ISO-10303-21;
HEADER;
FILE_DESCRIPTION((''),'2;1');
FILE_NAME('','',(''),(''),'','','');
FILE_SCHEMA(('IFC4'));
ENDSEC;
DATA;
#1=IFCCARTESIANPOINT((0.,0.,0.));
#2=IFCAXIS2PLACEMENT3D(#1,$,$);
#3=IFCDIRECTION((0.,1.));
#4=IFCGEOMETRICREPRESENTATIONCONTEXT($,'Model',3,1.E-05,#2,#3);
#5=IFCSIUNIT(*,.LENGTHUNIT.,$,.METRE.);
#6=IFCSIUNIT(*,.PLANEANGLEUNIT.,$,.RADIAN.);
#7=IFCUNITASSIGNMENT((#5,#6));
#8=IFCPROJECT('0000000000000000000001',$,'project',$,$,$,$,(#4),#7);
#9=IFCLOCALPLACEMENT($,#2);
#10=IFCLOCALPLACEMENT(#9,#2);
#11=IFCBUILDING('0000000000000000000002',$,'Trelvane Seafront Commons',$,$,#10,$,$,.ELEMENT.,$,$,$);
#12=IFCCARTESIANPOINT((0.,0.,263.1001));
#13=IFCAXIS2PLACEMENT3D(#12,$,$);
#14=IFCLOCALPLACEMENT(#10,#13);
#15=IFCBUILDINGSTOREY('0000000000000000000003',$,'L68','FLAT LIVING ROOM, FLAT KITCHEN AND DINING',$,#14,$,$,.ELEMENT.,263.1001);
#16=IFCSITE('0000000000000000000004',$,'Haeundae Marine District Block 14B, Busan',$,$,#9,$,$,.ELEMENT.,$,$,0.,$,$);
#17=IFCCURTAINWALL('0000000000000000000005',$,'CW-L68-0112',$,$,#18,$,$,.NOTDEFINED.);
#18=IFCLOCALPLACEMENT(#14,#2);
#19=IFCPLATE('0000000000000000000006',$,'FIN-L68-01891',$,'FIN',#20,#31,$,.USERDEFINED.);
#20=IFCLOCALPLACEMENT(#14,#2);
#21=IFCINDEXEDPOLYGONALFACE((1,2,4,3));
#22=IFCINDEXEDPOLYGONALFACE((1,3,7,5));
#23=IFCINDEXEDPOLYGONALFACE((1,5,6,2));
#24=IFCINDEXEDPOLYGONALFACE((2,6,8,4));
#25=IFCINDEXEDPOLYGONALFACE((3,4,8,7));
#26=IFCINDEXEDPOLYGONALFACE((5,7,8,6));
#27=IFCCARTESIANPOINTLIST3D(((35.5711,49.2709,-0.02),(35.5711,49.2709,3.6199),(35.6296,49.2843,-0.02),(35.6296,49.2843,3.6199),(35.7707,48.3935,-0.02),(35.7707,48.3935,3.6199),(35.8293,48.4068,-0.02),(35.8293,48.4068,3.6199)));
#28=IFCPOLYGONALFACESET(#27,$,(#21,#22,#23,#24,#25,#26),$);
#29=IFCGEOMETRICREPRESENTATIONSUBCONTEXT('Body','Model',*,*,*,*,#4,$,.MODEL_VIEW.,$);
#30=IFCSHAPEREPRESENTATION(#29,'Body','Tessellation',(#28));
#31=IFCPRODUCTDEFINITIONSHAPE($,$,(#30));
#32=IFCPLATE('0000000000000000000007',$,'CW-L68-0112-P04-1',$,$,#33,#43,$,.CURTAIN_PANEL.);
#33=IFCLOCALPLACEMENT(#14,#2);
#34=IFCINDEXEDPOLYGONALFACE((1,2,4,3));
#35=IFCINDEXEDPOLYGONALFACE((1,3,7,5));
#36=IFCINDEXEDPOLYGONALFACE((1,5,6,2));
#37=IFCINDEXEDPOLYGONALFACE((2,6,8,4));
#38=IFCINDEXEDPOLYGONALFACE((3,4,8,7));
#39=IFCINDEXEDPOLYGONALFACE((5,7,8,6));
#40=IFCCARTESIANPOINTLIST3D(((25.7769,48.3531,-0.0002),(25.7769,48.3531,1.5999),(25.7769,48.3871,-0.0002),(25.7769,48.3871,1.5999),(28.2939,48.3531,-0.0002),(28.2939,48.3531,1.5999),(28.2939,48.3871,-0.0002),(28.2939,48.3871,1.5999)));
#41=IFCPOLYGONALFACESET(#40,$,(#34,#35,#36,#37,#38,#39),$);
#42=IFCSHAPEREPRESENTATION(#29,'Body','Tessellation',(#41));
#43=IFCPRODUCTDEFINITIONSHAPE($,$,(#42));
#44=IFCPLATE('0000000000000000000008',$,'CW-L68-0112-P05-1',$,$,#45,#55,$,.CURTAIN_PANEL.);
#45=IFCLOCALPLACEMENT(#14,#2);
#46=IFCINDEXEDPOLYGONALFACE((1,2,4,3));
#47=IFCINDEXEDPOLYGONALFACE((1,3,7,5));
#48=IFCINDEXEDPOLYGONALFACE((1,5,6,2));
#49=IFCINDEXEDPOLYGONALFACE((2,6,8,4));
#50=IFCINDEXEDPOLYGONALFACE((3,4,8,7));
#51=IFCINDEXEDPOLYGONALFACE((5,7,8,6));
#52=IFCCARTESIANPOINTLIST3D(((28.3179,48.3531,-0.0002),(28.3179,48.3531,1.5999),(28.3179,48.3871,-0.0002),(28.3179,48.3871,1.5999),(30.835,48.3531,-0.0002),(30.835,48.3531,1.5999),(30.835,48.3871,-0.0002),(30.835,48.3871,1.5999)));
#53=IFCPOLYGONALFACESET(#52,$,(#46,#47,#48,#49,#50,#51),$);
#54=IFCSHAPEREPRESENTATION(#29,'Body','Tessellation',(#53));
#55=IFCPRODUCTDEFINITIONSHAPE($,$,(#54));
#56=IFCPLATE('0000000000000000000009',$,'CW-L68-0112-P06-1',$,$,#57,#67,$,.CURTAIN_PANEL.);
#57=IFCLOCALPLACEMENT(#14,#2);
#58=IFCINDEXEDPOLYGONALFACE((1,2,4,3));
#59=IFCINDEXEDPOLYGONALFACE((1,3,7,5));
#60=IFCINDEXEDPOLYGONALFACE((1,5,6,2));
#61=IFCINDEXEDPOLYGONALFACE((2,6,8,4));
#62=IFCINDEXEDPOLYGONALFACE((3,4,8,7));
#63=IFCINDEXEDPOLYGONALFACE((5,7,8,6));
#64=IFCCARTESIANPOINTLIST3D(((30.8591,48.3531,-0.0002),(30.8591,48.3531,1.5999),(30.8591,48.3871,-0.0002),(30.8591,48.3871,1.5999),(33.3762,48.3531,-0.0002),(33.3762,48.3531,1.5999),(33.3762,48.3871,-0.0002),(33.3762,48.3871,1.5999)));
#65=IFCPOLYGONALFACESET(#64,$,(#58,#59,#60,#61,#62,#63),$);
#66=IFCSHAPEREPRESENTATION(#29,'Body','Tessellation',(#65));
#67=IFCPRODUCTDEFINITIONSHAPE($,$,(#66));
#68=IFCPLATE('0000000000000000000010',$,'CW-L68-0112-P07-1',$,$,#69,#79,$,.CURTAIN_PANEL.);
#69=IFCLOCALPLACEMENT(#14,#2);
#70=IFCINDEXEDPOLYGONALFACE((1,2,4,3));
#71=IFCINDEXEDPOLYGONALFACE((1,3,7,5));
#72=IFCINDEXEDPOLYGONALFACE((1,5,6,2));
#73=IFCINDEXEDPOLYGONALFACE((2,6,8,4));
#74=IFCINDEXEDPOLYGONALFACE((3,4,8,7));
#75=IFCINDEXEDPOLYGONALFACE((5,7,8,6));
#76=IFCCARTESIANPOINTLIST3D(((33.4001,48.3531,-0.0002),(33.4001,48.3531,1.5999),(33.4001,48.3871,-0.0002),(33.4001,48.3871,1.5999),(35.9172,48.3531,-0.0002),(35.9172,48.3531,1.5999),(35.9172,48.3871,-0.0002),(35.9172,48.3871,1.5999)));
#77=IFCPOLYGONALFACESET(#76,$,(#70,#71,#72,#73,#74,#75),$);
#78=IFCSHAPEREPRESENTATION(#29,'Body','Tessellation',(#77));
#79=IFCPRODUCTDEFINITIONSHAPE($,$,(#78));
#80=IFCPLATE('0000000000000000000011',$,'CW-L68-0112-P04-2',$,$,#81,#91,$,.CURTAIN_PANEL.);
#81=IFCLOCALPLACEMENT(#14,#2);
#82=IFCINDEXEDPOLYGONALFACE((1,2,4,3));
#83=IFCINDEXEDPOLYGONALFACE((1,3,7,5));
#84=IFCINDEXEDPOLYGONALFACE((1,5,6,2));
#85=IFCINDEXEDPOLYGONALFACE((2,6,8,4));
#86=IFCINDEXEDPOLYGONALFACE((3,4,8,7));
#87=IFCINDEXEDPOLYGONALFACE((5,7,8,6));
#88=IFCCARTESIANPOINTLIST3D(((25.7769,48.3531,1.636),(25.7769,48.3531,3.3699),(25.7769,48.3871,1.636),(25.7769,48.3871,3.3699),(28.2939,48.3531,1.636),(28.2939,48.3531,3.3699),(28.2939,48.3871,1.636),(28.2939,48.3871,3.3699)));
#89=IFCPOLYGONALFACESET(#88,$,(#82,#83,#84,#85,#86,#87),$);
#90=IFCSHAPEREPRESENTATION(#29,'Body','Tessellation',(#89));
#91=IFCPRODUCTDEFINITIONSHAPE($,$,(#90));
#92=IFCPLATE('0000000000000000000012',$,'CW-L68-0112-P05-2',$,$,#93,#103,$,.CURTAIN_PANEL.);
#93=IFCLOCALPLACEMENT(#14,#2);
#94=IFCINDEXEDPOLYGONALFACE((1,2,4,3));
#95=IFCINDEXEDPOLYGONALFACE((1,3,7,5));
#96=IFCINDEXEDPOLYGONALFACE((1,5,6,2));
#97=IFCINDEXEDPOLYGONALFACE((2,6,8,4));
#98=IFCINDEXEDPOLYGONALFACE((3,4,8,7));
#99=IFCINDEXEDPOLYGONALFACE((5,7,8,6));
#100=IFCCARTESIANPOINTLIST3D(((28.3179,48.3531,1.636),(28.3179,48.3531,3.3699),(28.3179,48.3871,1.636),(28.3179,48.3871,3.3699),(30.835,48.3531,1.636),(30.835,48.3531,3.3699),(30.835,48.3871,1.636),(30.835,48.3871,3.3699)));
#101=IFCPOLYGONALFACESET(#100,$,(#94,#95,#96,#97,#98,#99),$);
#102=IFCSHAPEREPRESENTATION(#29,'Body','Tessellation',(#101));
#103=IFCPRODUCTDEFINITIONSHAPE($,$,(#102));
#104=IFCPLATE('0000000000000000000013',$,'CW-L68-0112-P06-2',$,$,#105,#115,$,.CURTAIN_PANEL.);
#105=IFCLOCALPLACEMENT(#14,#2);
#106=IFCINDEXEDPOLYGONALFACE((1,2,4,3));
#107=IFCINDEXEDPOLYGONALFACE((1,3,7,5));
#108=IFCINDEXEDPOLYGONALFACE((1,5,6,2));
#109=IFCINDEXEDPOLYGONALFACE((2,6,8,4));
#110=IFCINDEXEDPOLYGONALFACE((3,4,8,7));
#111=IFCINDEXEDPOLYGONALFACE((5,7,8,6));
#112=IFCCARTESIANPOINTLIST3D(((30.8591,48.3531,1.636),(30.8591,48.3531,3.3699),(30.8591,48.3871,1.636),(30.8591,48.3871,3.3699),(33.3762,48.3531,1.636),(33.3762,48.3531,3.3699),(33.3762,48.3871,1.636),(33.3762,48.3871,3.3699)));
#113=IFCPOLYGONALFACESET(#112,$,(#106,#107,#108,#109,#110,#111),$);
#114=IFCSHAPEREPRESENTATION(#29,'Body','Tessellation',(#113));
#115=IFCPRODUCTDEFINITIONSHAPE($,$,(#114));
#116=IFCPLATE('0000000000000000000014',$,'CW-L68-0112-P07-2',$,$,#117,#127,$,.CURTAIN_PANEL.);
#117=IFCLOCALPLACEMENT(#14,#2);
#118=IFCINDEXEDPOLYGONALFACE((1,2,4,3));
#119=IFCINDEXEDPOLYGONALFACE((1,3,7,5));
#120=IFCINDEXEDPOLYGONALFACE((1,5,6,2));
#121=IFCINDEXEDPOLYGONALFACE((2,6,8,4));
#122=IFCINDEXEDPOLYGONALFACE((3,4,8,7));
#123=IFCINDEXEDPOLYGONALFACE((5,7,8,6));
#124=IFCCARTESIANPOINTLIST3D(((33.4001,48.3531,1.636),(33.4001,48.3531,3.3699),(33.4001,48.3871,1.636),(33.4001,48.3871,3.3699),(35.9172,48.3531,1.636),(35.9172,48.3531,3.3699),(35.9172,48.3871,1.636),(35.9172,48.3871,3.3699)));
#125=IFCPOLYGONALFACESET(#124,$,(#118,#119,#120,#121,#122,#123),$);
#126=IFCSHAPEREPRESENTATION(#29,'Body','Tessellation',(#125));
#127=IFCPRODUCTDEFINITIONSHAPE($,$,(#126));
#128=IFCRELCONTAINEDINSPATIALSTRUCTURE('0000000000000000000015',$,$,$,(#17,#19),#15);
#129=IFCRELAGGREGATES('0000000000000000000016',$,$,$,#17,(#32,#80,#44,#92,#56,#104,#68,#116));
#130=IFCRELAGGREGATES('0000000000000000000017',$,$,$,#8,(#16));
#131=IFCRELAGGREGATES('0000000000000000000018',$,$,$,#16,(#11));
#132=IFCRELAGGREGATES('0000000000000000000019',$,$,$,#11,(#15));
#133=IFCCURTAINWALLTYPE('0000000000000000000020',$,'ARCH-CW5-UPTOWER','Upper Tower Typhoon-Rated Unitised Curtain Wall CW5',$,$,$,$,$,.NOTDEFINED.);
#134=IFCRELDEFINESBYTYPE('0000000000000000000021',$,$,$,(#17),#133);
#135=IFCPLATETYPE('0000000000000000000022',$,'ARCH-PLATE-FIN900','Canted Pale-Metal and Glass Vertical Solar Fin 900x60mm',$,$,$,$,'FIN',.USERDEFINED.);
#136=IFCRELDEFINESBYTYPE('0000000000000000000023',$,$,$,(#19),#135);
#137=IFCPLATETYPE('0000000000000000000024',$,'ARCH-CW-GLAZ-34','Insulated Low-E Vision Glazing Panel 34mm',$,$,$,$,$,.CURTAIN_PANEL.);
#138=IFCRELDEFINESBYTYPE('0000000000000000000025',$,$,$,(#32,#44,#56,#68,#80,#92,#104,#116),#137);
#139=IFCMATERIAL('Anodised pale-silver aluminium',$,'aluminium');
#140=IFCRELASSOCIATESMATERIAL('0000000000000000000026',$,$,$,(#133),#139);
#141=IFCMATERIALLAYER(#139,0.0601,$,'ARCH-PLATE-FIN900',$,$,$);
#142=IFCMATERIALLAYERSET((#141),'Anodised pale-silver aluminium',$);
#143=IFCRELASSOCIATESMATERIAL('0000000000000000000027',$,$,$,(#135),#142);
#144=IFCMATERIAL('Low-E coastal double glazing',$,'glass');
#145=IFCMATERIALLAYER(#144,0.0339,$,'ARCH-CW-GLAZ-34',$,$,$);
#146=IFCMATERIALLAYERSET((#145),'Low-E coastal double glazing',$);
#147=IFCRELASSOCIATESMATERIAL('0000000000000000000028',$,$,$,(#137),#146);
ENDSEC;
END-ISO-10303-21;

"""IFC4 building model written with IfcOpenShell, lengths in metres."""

from ifc_helpers import new_model, si_unit, direction, frame, origin, origin_2d, place, context, subcontext, project, spatial, rectangle, extrude, source, transform, mapped, material, layer, layer_set, type_object, element, aggregate, save


model = new_model("IFC4")

# Units and contexts
model_context = context("Model", 3, precision=1e-05, world=origin(), true_north=direction((0.0, 1.0)))
body_context = subcontext(model_context, "Body", "Model", "MODEL_VIEW")
ifc_project = project(units=[si_unit("LENGTHUNIT", "METRE"), si_unit("PLANEANGLEUNIT", "RADIAN")], contexts=[model_context])

# Site, building, storey
site_placement = place(None, origin())
site = spatial("IfcSite", under=ifc_project, at=site_placement, Name="Haeundae Marine District Block 14B, Busan", CompositionType="ELEMENT", RefElevation=0.0)
building_placement = place(site_placement, origin())
building = spatial("IfcBuilding", under=site, at=building_placement, Name="Trelvane Seafront Commons", CompositionType="ELEMENT")
storey_placement = place(building_placement, frame((0.0, 0.0, 263.1001)))
storey = spatial("IfcBuildingStorey", under=building, at=storey_placement, Name="L68", Description="FLAT LIVING ROOM, FLAT KITCHEN AND DINING", CompositionType="ELEMENT", Elevation=263.1001)

# Curtain wall
ifc_material_1 = material(Name="Anodised pale-silver aluminium", Category="aluminium")
curtain_wall_type = type_object("IfcCurtainWallType", Name="ARCH-CW5-UPTOWER", Description="Upper Tower Typhoon-Rated Unitised Curtain Wall CW5", PredefinedType="NOTDEFINED", material=ifc_material_1)
curtain_wall_placement = place(storey_placement, origin())
curtain_wall = element("IfcCurtainWall", 1, at=curtain_wall_placement, inside=storey, type_object=curtain_wall_type, Name="CW-L68-0112", PredefinedType="NOTDEFINED")

# Plate
ifc_layer_1 = layer(ifc_material_1, 0.0601, Name="ARCH-PLATE-FIN900")
ifc_layer_set_1 = layer_set([ifc_layer_1], Name="Anodised pale-silver aluminium")
plate_type_1 = type_object("IfcPlateType", Name="ARCH-PLATE-FIN900", Description="Canted Pale-Metal and Glass Vertical Solar Fin 900x60mm", ElementType="FIN", PredefinedType="USERDEFINED", material=ifc_layer_set_1)
shared_shape_1 = source(origin(), body_context, "Body", "SweptSolid", [
    extrude(rectangle(XDim=0.8999, YDim=0.0601, at=origin_2d()), origin(), (0.0, 0.0, 1.0), 3.6399),
])
for number, where, z_axis, x_axis, name in (
    (2, (35.7002, 48.8389, -0.02), (0.0, 0.0, 1.0), (-0.22188, 0.975074, 0.0), "FIN-L68-01891"),
):
    element("IfcPlate", number, at=place(storey_placement, frame(where, z_axis=z_axis, x_axis=x_axis)), inside=storey, type_object=plate_type_1, Name=name, ObjectType="FIN", PredefinedType="USERDEFINED", context=body_context, shape_type="MappedRepresentation", body=[
        mapped(shared_shape_1, transform((0.0, 0.0, 0.0), x_axis=(1.0, 0.0, 0.0), y_axis=(0.0, 1.0, 0.0), z_axis=(0.0, 0.0, 1.0), scale=1.0)),
    ])

# Plates
ifc_material_2 = material(Name="Low-E coastal double glazing", Category="glass")
ifc_layer_2 = layer(ifc_material_2, 0.0339, Name="ARCH-CW-GLAZ-34")
ifc_layer_set_2 = layer_set([ifc_layer_2], Name="Low-E coastal double glazing")
plate_type_2 = type_object("IfcPlateType", Name="ARCH-CW-GLAZ-34", Description="Insulated Low-E Vision Glazing Panel 34mm", PredefinedType="CURTAIN_PANEL", material=ifc_layer_set_2)
shared_shape_2 = source(origin(), body_context, "Body", "SweptSolid", [
    extrude(rectangle(XDim=2.5171, YDim=0.0339, at=origin_2d()), origin(), (0.0, 0.0, 1.0), 1.6001),
])
plate_1_placement = place(storey_placement, frame((27.0354, 48.3701, -0.0002), z_axis=(0.0, 0.0, 1.0), x_axis=(1.0, 0.0, 0.0)))
plate_1 = element("IfcPlate", 3, at=plate_1_placement, type_object=plate_type_2, Name="CW-L68-0112-P04-1", PredefinedType="CURTAIN_PANEL", context=body_context, shape_type="MappedRepresentation", body=[
    mapped(shared_shape_2, transform((0.0, 0.0, 0.0), x_axis=(1.0, 0.0, 0.0), y_axis=(0.0, 1.0, 0.0), z_axis=(0.0, 0.0, 1.0), scale=1.0)),
])
plate_2_placement = place(storey_placement, frame((29.5764, 48.3701, -0.0002), z_axis=(0.0, 0.0, 1.0), x_axis=(1.0, 0.0, 0.0)))
plate_2 = element("IfcPlate", 4, at=plate_2_placement, type_object=plate_type_2, Name="CW-L68-0112-P05-1", PredefinedType="CURTAIN_PANEL", context=body_context, shape_type="MappedRepresentation", body=[
    mapped(shared_shape_2, transform((0.0, 0.0, 0.0), x_axis=(1.0, 0.0, 0.0), y_axis=(0.0, 1.0, 0.0), z_axis=(0.0, 0.0, 1.0), scale=1.0)),
])
plate_3_placement = place(storey_placement, frame((32.1177, 48.3701, -0.0002), z_axis=(0.0, 0.0, 1.0), x_axis=(1.0, 0.0, 0.0)))
plate_3 = element("IfcPlate", 5, at=plate_3_placement, type_object=plate_type_2, Name="CW-L68-0112-P06-1", PredefinedType="CURTAIN_PANEL", context=body_context, shape_type="MappedRepresentation", body=[
    mapped(shared_shape_2, transform((0.0, 0.0, 0.0), x_axis=(1.0, 0.0, 0.0), y_axis=(0.0, 1.0, 0.0), z_axis=(0.0, 0.0, 1.0), scale=1.0)),
])
plate_4_placement = place(storey_placement, frame((34.6587, 48.3701, -0.0002), z_axis=(0.0, 0.0, 1.0), x_axis=(1.0, 0.0, 0.0)))
plate_4 = element("IfcPlate", 6, at=plate_4_placement, type_object=plate_type_2, Name="CW-L68-0112-P07-1", PredefinedType="CURTAIN_PANEL", context=body_context, shape_type="MappedRepresentation", body=[
    mapped(shared_shape_2, transform((0.0, 0.0, 0.0), x_axis=(1.0, 0.0, 0.0), y_axis=(0.0, 1.0, 0.0), z_axis=(0.0, 0.0, 1.0), scale=1.0)),
])
shared_shape_3 = source(origin(), body_context, "Body", "SweptSolid", [
    extrude(rectangle(XDim=2.5171, YDim=0.0339, at=origin_2d()), origin(), (0.0, 0.0, 1.0), 1.7339),
])
plate_5_placement = place(storey_placement, frame((27.0354, 48.3701, 1.636), z_axis=(0.0, 0.0, 1.0), x_axis=(1.0, 0.0, 0.0)))
plate_5 = element("IfcPlate", 7, at=plate_5_placement, type_object=plate_type_2, Name="CW-L68-0112-P04-2", PredefinedType="CURTAIN_PANEL", context=body_context, shape_type="MappedRepresentation", body=[
    mapped(shared_shape_3, transform((0.0, 0.0, 0.0), x_axis=(1.0, 0.0, 0.0), y_axis=(0.0, 1.0, 0.0), z_axis=(0.0, 0.0, 1.0), scale=1.0)),
])
plate_6_placement = place(storey_placement, frame((29.5764, 48.3701, 1.636), z_axis=(0.0, 0.0, 1.0), x_axis=(1.0, 0.0, 0.0)))
plate_6 = element("IfcPlate", 8, at=plate_6_placement, type_object=plate_type_2, Name="CW-L68-0112-P05-2", PredefinedType="CURTAIN_PANEL", context=body_context, shape_type="MappedRepresentation", body=[
    mapped(shared_shape_3, transform((0.0, 0.0, 0.0), x_axis=(1.0, 0.0, 0.0), y_axis=(0.0, 1.0, 0.0), z_axis=(0.0, 0.0, 1.0), scale=1.0)),
])
plate_7_placement = place(storey_placement, frame((32.1177, 48.3701, 1.636), z_axis=(0.0, 0.0, 1.0), x_axis=(1.0, 0.0, 0.0)))
plate_7 = element("IfcPlate", 9, at=plate_7_placement, type_object=plate_type_2, Name="CW-L68-0112-P06-2", PredefinedType="CURTAIN_PANEL", context=body_context, shape_type="MappedRepresentation", body=[
    mapped(shared_shape_3, transform((0.0, 0.0, 0.0), x_axis=(1.0, 0.0, 0.0), y_axis=(0.0, 1.0, 0.0), z_axis=(0.0, 0.0, 1.0), scale=1.0)),
])
plate_8_placement = place(storey_placement, frame((34.6587, 48.3701, 1.636), z_axis=(0.0, 0.0, 1.0), x_axis=(1.0, 0.0, 0.0)))
plate_8 = element("IfcPlate", 10, at=plate_8_placement, type_object=plate_type_2, Name="CW-L68-0112-P07-2", PredefinedType="CURTAIN_PANEL", context=body_context, shape_type="MappedRepresentation", body=[
    mapped(shared_shape_3, transform((0.0, 0.0, 0.0), x_axis=(1.0, 0.0, 0.0), y_axis=(0.0, 1.0, 0.0), z_axis=(0.0, 0.0, 1.0), scale=1.0)),
])
aggregate(curtain_wall, [plate_1, plate_5, plate_2, plate_6, plate_3, plate_7, plate_4, plate_8])

save(model, "model.ifc")
